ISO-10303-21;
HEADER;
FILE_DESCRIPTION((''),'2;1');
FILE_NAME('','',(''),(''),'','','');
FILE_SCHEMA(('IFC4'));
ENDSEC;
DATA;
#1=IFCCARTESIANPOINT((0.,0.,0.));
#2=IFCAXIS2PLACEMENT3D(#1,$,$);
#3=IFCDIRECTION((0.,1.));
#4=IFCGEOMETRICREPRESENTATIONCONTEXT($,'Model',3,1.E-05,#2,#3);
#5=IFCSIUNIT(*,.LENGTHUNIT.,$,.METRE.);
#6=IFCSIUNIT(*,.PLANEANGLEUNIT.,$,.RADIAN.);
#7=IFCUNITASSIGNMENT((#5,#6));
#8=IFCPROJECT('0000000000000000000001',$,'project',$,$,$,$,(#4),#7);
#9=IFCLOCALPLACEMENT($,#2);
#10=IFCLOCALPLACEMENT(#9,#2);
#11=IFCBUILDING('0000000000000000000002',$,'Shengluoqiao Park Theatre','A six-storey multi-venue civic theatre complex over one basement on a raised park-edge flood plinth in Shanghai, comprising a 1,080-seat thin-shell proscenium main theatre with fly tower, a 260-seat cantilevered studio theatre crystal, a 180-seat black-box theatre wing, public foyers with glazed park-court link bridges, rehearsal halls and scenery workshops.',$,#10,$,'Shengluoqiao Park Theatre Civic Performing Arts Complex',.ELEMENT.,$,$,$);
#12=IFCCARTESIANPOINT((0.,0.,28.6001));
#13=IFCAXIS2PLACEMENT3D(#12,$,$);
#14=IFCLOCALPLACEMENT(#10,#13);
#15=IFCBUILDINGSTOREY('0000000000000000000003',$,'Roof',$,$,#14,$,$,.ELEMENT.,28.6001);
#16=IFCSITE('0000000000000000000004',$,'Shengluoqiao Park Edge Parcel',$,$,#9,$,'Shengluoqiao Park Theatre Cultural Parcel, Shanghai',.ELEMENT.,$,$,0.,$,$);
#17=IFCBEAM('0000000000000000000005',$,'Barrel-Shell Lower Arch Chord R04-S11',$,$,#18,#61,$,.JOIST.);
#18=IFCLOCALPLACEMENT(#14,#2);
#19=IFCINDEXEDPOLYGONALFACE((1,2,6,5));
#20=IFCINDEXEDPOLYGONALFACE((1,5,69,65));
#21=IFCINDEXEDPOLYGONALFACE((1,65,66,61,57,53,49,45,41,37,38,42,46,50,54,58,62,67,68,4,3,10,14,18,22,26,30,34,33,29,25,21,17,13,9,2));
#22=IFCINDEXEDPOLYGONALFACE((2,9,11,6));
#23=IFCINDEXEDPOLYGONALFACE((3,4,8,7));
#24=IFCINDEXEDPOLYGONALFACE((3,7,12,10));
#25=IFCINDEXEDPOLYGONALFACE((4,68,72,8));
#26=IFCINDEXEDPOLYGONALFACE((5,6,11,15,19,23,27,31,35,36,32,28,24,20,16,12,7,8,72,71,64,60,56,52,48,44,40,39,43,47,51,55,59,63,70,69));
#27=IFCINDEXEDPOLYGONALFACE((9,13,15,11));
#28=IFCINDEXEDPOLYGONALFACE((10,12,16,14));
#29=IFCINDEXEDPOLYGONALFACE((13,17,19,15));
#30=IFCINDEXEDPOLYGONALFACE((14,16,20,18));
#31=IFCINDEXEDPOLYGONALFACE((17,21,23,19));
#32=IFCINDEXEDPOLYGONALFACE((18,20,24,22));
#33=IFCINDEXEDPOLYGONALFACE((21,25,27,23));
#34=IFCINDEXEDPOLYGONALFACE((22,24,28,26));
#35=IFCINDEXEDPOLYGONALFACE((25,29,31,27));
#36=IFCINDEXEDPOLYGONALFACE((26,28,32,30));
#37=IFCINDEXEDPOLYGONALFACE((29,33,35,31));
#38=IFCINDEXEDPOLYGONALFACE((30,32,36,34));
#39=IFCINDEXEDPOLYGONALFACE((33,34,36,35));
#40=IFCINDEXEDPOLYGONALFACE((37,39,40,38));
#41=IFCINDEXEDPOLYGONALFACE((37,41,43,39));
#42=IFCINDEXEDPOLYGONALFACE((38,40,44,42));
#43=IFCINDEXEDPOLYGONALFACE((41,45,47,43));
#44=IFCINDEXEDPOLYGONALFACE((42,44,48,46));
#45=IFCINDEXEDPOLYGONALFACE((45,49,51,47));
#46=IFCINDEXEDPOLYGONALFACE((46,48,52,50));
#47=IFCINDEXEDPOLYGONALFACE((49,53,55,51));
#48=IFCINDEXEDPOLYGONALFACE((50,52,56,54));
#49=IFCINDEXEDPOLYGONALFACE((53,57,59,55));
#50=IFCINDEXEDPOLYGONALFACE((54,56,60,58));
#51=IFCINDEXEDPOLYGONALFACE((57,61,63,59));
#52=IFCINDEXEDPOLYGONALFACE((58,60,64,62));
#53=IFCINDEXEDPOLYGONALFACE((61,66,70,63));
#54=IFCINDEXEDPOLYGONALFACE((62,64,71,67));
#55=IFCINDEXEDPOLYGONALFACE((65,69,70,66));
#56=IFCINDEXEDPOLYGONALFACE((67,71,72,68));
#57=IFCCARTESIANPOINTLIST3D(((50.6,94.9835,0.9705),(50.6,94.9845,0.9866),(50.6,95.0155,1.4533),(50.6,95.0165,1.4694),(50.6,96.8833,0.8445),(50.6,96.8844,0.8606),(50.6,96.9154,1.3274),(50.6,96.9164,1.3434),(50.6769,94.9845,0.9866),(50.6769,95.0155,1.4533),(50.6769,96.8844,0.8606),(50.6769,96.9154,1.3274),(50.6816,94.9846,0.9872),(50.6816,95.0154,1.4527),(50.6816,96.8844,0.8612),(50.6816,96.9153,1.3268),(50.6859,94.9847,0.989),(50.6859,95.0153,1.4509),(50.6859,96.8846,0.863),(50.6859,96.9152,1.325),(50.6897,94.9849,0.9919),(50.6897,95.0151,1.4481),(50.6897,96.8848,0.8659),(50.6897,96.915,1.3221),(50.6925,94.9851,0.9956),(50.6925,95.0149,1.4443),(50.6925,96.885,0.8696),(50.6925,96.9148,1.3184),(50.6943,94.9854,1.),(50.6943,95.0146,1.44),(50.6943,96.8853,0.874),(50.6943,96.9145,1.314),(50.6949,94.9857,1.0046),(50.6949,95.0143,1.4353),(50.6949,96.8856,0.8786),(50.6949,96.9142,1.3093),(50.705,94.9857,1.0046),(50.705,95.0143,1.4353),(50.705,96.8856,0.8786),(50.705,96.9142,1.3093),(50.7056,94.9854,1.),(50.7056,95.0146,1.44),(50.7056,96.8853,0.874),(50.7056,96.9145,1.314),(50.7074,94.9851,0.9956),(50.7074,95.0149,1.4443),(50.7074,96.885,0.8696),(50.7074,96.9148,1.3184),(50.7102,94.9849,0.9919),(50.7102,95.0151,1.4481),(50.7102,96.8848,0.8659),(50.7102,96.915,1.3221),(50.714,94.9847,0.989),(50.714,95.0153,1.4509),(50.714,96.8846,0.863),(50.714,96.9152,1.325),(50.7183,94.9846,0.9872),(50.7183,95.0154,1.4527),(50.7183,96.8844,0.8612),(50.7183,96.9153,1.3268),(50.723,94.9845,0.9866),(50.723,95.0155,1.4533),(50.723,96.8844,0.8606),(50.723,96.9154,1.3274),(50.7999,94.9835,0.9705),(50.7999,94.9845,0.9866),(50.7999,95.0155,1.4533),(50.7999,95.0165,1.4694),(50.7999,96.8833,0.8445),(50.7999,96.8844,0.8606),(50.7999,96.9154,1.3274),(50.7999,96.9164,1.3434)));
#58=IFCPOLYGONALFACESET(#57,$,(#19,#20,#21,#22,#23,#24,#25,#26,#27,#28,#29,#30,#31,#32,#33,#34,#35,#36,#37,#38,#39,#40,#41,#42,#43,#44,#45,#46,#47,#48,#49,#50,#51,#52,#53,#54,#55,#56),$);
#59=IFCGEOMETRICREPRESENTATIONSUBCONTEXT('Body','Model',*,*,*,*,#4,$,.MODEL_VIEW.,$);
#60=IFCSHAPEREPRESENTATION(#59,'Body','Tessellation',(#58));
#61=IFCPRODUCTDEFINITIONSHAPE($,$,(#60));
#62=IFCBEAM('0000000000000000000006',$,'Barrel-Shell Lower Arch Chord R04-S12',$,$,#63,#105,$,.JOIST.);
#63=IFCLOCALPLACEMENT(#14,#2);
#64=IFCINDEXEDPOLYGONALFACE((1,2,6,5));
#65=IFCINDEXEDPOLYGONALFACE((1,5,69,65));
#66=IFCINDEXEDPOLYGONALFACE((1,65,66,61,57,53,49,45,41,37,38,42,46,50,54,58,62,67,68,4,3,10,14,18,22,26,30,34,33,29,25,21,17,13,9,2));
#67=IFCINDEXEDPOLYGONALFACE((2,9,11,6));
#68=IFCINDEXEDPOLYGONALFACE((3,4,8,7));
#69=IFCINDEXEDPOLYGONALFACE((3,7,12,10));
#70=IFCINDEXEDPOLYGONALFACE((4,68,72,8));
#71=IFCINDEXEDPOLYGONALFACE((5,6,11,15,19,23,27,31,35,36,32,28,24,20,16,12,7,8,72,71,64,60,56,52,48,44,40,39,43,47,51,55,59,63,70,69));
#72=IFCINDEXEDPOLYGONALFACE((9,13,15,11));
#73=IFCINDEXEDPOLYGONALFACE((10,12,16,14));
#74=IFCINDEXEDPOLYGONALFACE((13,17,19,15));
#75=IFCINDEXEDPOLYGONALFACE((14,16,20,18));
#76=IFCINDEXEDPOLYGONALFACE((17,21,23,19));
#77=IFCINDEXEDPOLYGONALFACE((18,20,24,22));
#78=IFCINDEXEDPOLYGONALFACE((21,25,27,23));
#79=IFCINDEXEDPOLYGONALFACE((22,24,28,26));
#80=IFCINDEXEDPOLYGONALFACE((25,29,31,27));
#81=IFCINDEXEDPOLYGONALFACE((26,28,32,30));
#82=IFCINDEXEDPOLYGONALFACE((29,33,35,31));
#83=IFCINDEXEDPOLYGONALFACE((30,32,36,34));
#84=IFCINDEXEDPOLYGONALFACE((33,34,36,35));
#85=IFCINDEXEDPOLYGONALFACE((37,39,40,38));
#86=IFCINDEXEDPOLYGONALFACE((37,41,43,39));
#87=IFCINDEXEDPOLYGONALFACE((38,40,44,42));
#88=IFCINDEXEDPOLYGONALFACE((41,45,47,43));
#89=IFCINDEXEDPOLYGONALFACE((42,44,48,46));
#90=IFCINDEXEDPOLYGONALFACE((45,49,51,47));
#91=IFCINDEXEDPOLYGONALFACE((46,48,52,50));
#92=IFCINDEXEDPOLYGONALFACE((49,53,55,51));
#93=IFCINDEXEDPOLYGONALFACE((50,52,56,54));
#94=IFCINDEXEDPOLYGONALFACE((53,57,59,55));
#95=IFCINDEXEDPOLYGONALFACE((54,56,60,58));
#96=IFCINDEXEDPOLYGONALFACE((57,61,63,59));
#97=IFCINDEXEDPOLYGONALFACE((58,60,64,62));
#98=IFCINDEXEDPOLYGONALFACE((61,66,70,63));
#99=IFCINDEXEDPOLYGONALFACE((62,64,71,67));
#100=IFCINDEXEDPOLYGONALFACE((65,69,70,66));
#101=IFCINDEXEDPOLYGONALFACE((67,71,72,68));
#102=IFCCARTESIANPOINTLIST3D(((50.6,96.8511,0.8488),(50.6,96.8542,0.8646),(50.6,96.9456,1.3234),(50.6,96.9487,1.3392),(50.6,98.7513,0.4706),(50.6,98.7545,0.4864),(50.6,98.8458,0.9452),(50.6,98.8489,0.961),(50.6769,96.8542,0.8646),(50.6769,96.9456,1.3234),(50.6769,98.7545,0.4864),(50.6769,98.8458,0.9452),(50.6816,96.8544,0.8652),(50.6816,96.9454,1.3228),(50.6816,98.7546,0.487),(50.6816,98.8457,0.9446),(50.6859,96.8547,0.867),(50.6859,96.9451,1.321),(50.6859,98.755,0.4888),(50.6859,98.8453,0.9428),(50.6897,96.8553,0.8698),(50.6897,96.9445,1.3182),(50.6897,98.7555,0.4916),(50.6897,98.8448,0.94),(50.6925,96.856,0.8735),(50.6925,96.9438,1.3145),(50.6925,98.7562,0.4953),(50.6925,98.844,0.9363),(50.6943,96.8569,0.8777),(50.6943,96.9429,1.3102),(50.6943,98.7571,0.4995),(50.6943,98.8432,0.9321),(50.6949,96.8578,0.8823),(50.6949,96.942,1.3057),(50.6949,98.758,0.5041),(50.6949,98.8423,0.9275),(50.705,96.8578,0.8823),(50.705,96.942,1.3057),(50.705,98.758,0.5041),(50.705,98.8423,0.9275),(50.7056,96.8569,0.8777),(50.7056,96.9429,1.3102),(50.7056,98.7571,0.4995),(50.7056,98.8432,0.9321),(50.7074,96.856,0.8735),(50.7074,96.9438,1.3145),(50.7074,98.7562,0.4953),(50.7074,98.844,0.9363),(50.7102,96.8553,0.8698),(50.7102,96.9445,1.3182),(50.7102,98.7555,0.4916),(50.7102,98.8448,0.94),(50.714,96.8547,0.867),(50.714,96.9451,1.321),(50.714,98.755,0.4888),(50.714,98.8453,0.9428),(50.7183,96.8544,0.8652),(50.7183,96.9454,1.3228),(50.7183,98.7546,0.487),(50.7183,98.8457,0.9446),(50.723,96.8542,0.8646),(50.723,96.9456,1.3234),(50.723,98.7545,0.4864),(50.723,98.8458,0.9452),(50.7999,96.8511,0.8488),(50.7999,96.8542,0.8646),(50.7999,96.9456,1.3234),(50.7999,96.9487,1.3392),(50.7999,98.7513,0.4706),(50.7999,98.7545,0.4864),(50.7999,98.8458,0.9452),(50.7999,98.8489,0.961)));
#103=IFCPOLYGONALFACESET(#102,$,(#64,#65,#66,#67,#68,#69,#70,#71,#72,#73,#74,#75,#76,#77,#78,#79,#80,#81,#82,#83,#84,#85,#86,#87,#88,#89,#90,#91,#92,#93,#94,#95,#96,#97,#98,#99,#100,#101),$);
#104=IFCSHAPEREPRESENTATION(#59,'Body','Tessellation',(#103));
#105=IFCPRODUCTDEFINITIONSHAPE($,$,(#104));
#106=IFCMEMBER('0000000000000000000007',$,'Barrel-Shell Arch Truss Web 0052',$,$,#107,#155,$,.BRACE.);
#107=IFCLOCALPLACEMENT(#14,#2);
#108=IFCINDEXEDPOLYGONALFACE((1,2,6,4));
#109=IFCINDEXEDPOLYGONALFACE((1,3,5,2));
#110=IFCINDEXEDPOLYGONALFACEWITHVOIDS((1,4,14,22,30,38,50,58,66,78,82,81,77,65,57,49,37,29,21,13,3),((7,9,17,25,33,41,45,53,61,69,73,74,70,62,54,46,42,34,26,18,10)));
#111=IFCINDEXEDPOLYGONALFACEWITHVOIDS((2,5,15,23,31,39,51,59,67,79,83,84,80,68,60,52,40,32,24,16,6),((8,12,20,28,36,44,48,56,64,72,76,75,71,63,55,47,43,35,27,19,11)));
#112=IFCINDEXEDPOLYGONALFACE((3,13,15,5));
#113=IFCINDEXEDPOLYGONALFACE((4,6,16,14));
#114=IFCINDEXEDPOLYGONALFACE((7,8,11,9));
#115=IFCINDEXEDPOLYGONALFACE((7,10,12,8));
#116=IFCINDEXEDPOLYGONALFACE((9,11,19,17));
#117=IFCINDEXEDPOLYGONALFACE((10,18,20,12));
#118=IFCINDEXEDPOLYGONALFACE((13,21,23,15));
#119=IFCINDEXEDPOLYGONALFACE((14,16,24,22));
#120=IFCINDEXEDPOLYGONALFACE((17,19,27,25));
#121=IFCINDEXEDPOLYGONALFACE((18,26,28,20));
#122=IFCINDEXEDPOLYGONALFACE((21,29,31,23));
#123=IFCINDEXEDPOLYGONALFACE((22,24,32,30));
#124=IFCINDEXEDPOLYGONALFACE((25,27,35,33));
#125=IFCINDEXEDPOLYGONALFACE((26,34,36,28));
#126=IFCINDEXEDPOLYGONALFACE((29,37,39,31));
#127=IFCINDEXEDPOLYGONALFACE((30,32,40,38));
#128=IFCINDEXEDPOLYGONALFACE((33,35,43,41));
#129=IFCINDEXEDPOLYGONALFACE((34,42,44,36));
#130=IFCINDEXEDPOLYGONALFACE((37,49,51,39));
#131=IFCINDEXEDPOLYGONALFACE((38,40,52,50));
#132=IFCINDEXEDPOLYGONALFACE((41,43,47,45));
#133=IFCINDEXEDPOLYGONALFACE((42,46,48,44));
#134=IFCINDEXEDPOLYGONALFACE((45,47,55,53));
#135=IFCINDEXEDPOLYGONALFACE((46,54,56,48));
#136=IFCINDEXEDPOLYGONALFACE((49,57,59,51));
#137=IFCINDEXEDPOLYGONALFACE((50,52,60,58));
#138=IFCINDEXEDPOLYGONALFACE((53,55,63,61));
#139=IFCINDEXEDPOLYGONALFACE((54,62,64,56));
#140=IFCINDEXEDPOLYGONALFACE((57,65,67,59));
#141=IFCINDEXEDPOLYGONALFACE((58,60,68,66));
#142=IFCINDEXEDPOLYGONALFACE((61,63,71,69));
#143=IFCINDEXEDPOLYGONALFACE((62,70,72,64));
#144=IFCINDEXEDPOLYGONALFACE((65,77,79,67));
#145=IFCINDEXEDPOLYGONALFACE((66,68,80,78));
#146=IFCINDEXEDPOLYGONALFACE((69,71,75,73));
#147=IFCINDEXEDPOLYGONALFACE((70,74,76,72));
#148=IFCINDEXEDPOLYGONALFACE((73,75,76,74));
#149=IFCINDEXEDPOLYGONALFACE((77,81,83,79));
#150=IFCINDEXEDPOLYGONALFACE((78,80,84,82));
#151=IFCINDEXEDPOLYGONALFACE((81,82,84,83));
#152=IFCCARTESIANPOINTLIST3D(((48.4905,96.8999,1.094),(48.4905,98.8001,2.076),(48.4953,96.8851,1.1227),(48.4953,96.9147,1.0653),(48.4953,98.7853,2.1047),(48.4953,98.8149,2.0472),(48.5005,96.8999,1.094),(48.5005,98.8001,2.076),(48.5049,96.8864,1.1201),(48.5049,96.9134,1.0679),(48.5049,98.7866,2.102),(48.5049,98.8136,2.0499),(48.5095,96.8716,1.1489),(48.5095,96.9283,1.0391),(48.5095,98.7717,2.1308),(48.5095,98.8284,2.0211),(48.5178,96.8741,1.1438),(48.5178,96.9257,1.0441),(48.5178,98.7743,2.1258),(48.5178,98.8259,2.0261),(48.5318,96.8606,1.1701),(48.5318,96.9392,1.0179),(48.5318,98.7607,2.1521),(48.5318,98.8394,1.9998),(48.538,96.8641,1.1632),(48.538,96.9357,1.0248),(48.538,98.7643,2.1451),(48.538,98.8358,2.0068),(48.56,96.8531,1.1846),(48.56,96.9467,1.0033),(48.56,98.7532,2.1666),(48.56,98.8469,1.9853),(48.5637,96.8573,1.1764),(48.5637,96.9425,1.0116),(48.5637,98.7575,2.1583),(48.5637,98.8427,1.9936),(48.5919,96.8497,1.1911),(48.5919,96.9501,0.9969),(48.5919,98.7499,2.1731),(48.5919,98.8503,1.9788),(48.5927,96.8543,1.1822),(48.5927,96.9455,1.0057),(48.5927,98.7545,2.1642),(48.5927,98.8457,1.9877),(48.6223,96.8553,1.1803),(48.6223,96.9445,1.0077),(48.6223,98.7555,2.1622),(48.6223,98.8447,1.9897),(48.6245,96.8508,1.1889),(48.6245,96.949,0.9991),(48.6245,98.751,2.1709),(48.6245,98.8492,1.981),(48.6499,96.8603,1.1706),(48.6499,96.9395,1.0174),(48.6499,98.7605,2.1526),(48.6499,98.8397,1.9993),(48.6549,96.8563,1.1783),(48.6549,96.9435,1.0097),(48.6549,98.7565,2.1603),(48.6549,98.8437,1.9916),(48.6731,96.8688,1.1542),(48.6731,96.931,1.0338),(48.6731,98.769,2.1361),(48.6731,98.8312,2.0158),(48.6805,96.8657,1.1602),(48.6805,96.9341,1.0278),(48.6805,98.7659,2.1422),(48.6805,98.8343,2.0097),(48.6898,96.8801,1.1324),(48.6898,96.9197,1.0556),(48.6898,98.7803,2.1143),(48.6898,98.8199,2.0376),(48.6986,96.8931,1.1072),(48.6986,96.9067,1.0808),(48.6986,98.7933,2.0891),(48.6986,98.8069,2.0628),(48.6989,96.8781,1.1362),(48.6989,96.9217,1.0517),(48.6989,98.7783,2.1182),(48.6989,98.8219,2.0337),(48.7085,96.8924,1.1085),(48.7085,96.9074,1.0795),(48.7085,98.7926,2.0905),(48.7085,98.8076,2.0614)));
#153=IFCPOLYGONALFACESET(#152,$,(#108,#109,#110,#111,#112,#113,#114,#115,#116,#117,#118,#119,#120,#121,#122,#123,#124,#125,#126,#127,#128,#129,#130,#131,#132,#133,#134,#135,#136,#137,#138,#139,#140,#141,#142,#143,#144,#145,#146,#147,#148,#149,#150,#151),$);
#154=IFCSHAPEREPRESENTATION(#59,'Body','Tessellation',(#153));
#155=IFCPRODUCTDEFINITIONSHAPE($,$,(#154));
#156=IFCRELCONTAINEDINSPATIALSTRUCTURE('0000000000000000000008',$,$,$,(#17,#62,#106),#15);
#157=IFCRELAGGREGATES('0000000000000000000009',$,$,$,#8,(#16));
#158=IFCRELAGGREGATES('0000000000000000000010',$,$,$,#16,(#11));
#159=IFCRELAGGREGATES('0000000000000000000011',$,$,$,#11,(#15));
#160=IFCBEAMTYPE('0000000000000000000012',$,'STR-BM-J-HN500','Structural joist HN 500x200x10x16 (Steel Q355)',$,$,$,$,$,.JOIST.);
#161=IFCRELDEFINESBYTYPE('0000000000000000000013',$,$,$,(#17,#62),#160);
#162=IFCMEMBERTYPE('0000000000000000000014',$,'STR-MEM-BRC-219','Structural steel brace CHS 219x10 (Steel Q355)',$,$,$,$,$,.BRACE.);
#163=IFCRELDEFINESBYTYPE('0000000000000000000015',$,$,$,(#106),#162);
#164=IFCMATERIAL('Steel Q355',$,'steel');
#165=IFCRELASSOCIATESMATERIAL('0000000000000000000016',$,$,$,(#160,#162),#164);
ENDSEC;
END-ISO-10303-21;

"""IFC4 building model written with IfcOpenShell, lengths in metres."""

from ifc_helpers import new_model, si_unit, direction, frame, origin, origin_2d, place, context, subcontext, project, spatial, hollow_circle, i_section, extrude, material, material_profile, profile_set, type_object, element, save


model = new_model("IFC4")

# Units and contexts
model_context = context("Model", 3, precision=1e-05, world=origin(), true_north=direction((0.0, 1.0)))
body_context = subcontext(model_context, "Body", "Model", "MODEL_VIEW")
ifc_project = project(units=[si_unit("LENGTHUNIT", "METRE"), si_unit("PLANEANGLEUNIT", "RADIAN")], contexts=[model_context])

# Site, building, storey
site_placement = place(None, origin())
site = spatial("IfcSite", under=ifc_project, at=site_placement, Name="Shengluoqiao Park Edge Parcel", LongName="Shengluoqiao Park Theatre Cultural Parcel, Shanghai", CompositionType="ELEMENT", RefElevation=0.0)
building_placement = place(site_placement, origin())
building = spatial("IfcBuilding", under=site, at=building_placement, Name="Shengluoqiao Park Theatre", Description="A six-storey multi-venue civic theatre complex over one basement on a raised park-edge flood plinth in Shanghai, comprising a 1,080-seat thin-shell proscenium main theatre with fly tower, a 260-seat cantilevered studio theatre crystal, a 180-seat black-box theatre wing, public foyers with glazed park-court link bridges, rehearsal halls and scenery workshops.", LongName="Shengluoqiao Park Theatre Civic Performing Arts Complex", CompositionType="ELEMENT")
storey_placement = place(building_placement, frame((0.0, 0.0, 28.6001)))
storey = spatial("IfcBuildingStorey", under=building, at=storey_placement, Name="Roof", CompositionType="ELEMENT", Elevation=28.6001)

# Beams
ifc_material_1 = material(Name="Steel Q355", Category="steel")
ifc_material_profile_1 = material_profile(ifc_material_1, i_section(OverallWidth=0.2, OverallDepth=0.5, WebThickness=0.01, FlangeThickness=0.0161, FilletRadius=0.0181, at=origin_2d()), Name="HN 500x200x10x16")
ifc_profile_set_1 = profile_set([ifc_material_profile_1], Name="Steel Q355")
beam_type_1 = type_object("IfcBeamType", Name="STR-BM-J-HN500", Description="Structural joist HN 500x200x10x16 (Steel Q355)", PredefinedType="JOIST", material=ifc_profile_set_1)
beam_1_placement = place(storey_placement, frame((50.7, 95.0, 1.22), z_axis=(0.0, 0.997809, -0.066162), x_axis=(-1.0, 0.0, 0.0)))
element("IfcBeam", 1, at=beam_1_placement, inside=storey, type_object=beam_type_1, Name="Barrel-Shell Lower Arch Chord R04-S11", PredefinedType="JOIST", context=body_context, shape_type="SweptSolid", body=[
    extrude(i_section(OverallWidth=0.2, OverallDepth=0.5, WebThickness=0.01, FlangeThickness=0.0161, FilletRadius=0.0181, at=origin_2d()), origin(), (0.0, 0.0, 1.0), 1.9041),
])
beam_2_placement = place(storey_placement, frame((50.7, 96.8999, 1.094), z_axis=(0.0, 0.980764, -0.195195), x_axis=(-1.0, 0.0, 0.0)))
element("IfcBeam", 2, at=beam_2_placement, inside=storey, type_object=beam_type_1, Name="Barrel-Shell Lower Arch Chord R04-S12", PredefinedType="JOIST", context=body_context, shape_type="SweptSolid", body=[
    extrude(i_section(OverallWidth=0.2, OverallDepth=0.5, WebThickness=0.01, FlangeThickness=0.0161, FilletRadius=0.0181, at=origin_2d()), origin(), (0.0, 0.0, 1.0), 1.9375),
])

# Member
ifc_material_profile_2 = material_profile(ifc_material_1, hollow_circle(Radius=0.1096, WallThickness=0.01, at=origin_2d()), Name="CHS 219x10")
ifc_profile_set_2 = profile_set([ifc_material_profile_2], Name="Steel Q355")
member_type_1 = type_object("IfcMemberType", Name="STR-MEM-BRC-219", Description="Structural steel brace CHS 219x10 (Steel Q355)", PredefinedType="BRACE", material=ifc_profile_set_2)
member_1_placement = place(storey_placement, frame((48.6001, 96.8999, 1.094), z_axis=(0.0, 0.888389, 0.459091), x_axis=(-1.0, 0.0, 0.0)))
element("IfcMember", 3, at=member_1_placement, inside=storey, type_object=member_type_1, Name="Barrel-Shell Arch Truss Web 0052", PredefinedType="BRACE", context=body_context, shape_type="SweptSolid", body=[
    extrude(hollow_circle(Radius=0.1096, WallThickness=0.01, at=origin_2d()), origin(), (0.0, 0.0, 1.0), 2.1389),
])

save(model, "model.ifc")
